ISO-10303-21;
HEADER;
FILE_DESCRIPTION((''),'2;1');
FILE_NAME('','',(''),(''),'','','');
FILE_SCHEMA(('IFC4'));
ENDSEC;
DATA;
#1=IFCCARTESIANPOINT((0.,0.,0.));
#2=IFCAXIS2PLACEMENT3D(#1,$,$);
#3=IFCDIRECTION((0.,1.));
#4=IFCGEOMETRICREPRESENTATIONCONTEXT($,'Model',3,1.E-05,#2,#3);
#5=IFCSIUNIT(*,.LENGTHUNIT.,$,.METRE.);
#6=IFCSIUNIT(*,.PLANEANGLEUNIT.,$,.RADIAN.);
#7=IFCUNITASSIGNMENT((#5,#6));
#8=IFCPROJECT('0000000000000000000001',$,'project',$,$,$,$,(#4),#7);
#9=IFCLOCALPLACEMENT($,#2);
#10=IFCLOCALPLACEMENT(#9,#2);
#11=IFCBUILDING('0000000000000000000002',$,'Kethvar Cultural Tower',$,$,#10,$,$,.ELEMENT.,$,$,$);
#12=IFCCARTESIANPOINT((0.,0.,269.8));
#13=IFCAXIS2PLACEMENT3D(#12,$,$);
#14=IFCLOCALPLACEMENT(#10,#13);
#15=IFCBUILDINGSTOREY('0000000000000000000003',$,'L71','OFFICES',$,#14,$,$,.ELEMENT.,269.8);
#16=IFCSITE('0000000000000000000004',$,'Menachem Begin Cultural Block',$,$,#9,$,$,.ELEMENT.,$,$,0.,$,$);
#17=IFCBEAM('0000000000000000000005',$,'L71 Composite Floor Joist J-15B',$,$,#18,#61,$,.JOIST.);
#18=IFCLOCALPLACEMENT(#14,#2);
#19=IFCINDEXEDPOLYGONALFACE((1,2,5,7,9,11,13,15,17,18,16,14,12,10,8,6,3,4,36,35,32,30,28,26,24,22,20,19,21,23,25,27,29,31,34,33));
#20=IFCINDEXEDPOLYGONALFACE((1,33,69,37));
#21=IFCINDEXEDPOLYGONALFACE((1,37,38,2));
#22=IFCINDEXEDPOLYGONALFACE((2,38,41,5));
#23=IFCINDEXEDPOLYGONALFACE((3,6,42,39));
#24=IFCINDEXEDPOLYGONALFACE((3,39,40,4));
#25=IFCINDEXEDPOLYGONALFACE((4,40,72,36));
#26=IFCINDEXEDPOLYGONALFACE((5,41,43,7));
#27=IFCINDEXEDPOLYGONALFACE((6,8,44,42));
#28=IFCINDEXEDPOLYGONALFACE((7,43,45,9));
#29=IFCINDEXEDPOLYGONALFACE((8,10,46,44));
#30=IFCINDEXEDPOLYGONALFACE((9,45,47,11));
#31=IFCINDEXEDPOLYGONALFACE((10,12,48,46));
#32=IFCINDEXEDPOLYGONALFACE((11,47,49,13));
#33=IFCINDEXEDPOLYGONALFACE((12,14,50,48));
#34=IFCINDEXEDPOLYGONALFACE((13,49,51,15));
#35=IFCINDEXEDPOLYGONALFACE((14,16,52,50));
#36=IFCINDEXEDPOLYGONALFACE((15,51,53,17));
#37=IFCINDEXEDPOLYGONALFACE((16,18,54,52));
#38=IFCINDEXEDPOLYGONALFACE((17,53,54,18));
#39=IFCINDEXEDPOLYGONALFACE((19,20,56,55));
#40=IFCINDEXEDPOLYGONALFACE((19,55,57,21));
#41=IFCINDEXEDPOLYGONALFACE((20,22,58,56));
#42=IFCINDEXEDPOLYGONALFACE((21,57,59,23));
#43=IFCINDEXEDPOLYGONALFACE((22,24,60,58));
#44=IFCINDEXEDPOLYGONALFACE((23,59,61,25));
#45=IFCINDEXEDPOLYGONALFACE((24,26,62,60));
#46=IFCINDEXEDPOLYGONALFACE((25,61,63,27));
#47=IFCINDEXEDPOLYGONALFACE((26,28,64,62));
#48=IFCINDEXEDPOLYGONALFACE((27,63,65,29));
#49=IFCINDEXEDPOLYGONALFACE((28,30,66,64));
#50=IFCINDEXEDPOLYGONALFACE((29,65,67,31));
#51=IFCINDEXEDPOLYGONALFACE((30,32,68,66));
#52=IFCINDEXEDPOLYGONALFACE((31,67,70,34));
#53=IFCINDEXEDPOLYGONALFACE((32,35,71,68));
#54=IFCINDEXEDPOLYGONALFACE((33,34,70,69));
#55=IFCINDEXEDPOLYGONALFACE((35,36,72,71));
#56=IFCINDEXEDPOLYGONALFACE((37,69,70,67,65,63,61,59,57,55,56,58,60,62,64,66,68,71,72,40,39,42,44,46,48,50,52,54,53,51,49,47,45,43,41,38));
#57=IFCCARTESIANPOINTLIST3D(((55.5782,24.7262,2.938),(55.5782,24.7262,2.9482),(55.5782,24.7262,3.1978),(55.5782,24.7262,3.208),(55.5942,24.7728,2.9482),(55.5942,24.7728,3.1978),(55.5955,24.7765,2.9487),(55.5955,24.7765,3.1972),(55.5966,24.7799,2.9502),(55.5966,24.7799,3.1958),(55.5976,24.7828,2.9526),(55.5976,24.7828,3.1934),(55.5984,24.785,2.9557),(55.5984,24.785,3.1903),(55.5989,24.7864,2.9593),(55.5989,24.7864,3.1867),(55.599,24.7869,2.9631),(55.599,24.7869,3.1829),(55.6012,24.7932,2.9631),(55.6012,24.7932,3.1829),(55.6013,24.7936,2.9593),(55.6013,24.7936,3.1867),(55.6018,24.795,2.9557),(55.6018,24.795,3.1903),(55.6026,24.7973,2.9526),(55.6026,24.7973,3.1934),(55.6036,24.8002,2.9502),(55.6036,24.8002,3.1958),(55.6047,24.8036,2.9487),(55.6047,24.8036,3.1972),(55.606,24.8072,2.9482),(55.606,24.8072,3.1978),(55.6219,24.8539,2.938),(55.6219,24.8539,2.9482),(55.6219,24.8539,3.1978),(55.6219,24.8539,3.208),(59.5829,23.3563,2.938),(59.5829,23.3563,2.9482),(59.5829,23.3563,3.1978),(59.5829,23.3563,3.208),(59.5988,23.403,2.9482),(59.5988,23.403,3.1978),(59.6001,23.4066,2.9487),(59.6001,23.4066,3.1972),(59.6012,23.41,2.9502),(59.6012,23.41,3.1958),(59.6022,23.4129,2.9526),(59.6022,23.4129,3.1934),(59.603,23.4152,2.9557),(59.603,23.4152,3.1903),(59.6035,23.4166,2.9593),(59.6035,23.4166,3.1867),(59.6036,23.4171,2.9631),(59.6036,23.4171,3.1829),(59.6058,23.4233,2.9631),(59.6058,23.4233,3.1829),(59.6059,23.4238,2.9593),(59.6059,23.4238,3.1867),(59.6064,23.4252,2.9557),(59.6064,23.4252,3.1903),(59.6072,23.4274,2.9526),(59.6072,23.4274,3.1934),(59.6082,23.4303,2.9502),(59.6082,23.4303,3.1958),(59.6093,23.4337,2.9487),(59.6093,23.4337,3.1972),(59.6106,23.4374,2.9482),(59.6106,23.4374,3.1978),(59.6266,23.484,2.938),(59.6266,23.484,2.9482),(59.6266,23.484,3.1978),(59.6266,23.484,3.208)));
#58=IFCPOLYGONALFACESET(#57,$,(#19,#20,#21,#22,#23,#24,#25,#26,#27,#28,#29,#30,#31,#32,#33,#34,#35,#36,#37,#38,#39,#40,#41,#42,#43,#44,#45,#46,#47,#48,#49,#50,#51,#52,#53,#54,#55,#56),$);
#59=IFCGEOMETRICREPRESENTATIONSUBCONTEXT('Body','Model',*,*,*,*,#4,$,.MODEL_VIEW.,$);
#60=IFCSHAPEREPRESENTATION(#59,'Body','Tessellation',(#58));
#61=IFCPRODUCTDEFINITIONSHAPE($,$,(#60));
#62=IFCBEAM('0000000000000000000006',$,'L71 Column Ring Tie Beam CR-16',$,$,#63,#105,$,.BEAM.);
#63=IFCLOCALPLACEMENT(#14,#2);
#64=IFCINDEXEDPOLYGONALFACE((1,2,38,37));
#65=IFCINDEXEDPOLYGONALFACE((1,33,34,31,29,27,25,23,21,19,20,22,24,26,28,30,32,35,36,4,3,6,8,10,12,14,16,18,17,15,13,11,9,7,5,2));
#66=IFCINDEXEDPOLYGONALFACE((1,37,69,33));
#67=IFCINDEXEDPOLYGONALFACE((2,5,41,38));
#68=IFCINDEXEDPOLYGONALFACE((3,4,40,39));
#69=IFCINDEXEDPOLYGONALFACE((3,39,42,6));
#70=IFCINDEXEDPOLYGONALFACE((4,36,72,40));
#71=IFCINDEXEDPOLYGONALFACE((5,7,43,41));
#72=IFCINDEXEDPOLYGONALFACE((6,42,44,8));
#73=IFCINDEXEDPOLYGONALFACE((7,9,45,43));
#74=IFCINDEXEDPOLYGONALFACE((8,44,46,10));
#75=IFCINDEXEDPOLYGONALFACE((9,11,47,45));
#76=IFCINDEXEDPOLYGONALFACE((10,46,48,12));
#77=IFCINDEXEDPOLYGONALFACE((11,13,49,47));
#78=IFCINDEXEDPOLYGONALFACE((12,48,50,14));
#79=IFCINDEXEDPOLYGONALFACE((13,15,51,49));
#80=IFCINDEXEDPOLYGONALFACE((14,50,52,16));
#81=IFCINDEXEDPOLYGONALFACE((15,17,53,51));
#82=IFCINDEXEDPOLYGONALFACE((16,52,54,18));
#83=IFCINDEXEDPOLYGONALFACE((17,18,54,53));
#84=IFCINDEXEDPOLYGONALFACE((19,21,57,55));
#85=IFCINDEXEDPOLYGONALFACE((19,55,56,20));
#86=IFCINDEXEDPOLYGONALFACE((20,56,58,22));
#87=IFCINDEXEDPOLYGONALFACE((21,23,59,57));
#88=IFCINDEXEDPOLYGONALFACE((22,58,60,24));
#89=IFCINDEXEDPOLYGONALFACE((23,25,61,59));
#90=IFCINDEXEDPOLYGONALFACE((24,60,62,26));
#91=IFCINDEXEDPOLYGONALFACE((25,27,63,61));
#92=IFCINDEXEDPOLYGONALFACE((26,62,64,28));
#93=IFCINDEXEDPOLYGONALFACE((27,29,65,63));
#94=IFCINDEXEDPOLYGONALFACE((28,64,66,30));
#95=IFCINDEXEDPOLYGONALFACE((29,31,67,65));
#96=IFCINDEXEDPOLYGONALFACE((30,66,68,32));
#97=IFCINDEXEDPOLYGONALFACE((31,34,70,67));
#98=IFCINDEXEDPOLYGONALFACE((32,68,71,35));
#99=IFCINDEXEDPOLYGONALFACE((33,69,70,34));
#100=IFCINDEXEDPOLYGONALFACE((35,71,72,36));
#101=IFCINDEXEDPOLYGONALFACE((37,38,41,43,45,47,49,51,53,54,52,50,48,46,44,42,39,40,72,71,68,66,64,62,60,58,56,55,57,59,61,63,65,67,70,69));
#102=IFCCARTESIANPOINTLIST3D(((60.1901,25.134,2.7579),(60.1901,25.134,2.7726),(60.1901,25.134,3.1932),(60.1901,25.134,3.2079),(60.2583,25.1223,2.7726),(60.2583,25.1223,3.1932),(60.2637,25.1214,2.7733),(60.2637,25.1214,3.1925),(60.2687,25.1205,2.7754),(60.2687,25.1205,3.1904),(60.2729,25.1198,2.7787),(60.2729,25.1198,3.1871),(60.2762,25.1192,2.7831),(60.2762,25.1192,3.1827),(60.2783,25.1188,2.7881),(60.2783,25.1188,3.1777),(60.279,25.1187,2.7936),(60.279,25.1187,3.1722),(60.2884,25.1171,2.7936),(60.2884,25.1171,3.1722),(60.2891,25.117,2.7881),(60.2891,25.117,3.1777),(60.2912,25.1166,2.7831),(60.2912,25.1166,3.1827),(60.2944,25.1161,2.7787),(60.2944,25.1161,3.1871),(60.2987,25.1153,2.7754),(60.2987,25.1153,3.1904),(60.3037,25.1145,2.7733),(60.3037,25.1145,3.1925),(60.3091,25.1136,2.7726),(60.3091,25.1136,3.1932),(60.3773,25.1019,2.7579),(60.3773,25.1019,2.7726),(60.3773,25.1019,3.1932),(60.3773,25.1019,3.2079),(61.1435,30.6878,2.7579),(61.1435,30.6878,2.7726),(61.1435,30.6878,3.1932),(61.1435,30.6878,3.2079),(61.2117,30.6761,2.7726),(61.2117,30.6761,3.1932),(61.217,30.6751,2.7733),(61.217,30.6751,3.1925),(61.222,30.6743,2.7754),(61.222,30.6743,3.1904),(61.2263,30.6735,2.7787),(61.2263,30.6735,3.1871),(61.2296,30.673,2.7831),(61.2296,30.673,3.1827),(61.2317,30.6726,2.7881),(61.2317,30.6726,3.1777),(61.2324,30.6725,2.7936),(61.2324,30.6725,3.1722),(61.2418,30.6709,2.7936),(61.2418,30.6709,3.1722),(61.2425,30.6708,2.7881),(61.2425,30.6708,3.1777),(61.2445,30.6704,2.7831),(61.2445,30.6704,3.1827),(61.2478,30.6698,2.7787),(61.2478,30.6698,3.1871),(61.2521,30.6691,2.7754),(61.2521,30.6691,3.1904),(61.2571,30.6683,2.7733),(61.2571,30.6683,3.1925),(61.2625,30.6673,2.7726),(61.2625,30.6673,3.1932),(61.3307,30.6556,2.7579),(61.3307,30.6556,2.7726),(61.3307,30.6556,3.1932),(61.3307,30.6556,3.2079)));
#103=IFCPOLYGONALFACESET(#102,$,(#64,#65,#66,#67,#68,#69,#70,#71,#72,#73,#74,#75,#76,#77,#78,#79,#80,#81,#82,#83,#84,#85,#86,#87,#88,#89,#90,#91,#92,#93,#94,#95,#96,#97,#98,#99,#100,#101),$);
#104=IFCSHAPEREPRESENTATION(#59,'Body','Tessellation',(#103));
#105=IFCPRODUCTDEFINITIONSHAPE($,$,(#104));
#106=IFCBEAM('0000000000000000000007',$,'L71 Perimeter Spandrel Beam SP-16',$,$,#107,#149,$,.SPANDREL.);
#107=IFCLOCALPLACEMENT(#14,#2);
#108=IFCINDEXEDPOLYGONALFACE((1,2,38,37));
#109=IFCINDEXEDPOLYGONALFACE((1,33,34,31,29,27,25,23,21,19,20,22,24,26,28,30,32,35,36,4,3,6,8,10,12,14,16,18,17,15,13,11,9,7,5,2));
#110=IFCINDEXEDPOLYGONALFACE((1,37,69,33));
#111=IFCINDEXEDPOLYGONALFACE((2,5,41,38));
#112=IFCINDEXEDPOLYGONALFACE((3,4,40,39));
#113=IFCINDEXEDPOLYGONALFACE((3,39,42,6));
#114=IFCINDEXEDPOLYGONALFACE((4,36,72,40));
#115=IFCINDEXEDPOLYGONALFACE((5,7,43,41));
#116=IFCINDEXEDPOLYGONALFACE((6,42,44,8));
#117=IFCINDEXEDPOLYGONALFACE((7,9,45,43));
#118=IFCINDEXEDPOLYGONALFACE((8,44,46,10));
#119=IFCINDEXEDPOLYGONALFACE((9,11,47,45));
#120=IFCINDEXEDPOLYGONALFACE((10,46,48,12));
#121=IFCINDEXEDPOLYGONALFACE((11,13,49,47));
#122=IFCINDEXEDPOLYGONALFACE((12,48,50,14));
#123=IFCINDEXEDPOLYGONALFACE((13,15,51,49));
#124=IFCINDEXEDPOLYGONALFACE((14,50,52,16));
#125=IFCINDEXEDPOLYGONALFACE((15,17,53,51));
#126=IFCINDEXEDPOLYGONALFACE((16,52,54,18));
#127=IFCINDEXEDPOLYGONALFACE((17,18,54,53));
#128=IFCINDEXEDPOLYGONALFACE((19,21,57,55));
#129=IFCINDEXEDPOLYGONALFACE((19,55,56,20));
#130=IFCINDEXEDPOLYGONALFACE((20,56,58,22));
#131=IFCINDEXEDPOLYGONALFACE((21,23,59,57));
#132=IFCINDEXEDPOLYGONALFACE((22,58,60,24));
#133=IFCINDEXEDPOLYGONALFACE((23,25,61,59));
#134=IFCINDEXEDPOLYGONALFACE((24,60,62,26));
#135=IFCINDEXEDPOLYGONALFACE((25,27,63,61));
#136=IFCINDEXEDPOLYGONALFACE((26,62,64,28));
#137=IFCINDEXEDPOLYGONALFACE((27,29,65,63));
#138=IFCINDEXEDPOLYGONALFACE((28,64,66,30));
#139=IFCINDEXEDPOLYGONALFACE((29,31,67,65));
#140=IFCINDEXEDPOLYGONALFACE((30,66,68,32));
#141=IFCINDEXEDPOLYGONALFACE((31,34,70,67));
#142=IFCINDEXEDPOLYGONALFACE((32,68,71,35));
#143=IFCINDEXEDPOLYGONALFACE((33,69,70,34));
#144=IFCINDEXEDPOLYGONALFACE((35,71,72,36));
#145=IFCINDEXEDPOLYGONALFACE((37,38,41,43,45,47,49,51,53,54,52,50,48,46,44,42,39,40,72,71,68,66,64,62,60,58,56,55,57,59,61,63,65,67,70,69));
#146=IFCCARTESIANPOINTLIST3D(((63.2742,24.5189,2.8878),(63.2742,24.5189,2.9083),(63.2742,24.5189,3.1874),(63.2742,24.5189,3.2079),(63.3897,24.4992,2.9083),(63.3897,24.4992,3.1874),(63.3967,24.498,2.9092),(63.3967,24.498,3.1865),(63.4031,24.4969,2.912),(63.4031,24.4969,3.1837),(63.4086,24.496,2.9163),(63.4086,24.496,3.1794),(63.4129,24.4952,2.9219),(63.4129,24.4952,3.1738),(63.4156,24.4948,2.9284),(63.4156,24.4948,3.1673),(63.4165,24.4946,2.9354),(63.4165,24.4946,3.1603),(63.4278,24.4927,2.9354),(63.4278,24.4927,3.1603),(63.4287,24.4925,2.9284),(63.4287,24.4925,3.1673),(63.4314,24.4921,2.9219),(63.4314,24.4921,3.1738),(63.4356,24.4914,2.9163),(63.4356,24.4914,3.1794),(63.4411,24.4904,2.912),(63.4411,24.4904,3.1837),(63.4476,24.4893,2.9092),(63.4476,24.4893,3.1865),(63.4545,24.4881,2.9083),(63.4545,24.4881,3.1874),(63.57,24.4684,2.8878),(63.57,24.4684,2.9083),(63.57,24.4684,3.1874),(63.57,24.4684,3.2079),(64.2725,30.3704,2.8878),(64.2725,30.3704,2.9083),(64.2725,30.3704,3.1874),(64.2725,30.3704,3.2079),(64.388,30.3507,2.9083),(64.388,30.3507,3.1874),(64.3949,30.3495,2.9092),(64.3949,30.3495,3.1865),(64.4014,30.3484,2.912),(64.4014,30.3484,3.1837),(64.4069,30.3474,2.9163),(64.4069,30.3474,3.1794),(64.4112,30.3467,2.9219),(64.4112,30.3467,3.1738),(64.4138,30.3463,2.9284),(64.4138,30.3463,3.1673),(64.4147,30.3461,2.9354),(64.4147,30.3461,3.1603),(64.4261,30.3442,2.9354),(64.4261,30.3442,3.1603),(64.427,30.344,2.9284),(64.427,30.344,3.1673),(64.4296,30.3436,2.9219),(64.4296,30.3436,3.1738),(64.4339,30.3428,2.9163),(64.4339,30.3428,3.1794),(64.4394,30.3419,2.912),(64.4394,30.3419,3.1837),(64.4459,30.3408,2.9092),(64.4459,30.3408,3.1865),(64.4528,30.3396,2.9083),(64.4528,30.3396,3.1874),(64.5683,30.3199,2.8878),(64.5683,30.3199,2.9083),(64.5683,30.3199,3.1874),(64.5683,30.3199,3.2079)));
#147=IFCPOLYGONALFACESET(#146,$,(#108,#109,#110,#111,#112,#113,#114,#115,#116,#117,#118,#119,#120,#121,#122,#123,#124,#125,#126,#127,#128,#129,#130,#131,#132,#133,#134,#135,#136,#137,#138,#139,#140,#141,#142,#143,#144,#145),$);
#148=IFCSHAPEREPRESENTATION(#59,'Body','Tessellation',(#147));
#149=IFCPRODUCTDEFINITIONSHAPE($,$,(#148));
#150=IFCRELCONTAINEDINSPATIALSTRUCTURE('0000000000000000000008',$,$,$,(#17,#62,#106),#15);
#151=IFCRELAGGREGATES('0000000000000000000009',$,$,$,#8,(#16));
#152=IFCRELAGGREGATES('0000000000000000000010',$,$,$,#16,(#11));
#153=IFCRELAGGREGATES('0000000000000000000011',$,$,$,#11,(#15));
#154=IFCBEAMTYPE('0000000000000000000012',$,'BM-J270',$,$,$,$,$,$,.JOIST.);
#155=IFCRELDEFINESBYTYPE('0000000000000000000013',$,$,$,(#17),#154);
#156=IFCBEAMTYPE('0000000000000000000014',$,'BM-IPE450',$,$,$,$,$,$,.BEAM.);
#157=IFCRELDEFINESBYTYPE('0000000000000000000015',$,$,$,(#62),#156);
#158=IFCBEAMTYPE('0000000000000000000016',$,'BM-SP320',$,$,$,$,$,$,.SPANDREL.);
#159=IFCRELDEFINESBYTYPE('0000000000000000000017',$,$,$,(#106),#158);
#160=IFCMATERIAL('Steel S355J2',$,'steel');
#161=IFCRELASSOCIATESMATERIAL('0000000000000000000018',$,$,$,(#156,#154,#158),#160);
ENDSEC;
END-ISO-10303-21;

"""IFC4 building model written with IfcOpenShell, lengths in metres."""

from ifc_helpers import new_model, si_unit, direction, frame, origin, origin_2d, place, context, subcontext, project, spatial, i_section, extrude, source, transform, mapped, material, material_profile, profile_set, type_object, element, save


model = new_model("IFC4")

# Units and contexts
model_context = context("Model", 3, precision=1e-05, world=origin(), true_north=direction((0.0, 1.0)))
body_context = subcontext(model_context, "Body", "Model", "MODEL_VIEW")
ifc_project = project(units=[si_unit("LENGTHUNIT", "METRE"), si_unit("PLANEANGLEUNIT", "RADIAN")], contexts=[model_context])

# Site, building, storey
site_placement = place(None, origin())
site = spatial("IfcSite", under=ifc_project, at=site_placement, Name="Menachem Begin Cultural Block", CompositionType="ELEMENT", RefElevation=0.0)
building_placement = place(site_placement, origin())
building = spatial("IfcBuilding", under=site, at=building_placement, Name="Kethvar Cultural Tower", CompositionType="ELEMENT")
storey_placement = place(building_placement, frame((0.0, 0.0, 269.8)))
storey = spatial("IfcBuildingStorey", under=building, at=storey_placement, Name="L71", Description="OFFICES", CompositionType="ELEMENT", Elevation=269.8)

# Shared definitions
ifc_material_1 = material(Name="Steel S355J2", Category="steel")

# Beams
ifc_material_profile_1 = material_profile(ifc_material_1, i_section(OverallWidth=0.1899, OverallDepth=0.45, WebThickness=0.0095, FlangeThickness=0.0146, FilletRadius=0.021, at=origin_2d()), Name="Steel S355J2 — IPE450")
ifc_profile_set_1 = profile_set([ifc_material_profile_1], Name="Steel S355J2 — IPE450")
beam_type_1 = type_object("IfcBeamType", Name="BM-IPE450", PredefinedType="BEAM", material=ifc_profile_set_1)
ifc_material_profile_2 = material_profile(ifc_material_1, i_section(OverallWidth=0.135, OverallDepth=0.27, WebThickness=0.0066, FlangeThickness=0.0103, FilletRadius=0.0149, at=origin_2d()), Name="Steel S355J2 — IPE270")
ifc_profile_set_2 = profile_set([ifc_material_profile_2], Name="Steel S355J2 — IPE270")
beam_type_2 = type_object("IfcBeamType", Name="BM-J270", PredefinedType="JOIST", material=ifc_profile_set_2)
shared_shape_1 = source(origin(), body_context, "Body", "SweptSolid", [
    extrude(i_section(OverallWidth=0.135, OverallDepth=0.27, WebThickness=0.0066, FlangeThickness=0.0103, FilletRadius=0.0149, at=origin_2d()), origin(), (0.0, 0.0, 1.0), 4.2324),
])
beam_1_placement = place(storey_placement, frame((55.6001, 24.79, 3.073), z_axis=(0.946174, -0.323659, 0.0), x_axis=(0.323659, 0.946174, 0.0)))
element("IfcBeam", 1, at=beam_1_placement, inside=storey, type_object=beam_type_2, Name="L71 Composite Floor Joist J-15B", PredefinedType="JOIST", context=body_context, shape_type="MappedRepresentation", body=[
    mapped(shared_shape_1, transform((0.0, 0.0, 0.0), scale=1.0)),
])
shared_shape_2 = source(origin(), body_context, "Body", "SweptSolid", [
    extrude(i_section(OverallWidth=0.1899, OverallDepth=0.45, WebThickness=0.0095, FlangeThickness=0.0146, FilletRadius=0.021, at=origin_2d()), origin(), (0.0, 0.0, 1.0), 5.635),
])
beam_2_placement = place(storey_placement, frame((60.2837, 25.1179, 2.9829), z_axis=(0.169189, 0.985584, 0.0), x_axis=(-0.985584, 0.169189, 0.0)))
element("IfcBeam", 2, at=beam_2_placement, inside=storey, type_object=beam_type_1, Name="L71 Column Ring Tie Beam CR-16", PredefinedType="BEAM", context=body_context, shape_type="MappedRepresentation", body=[
    mapped(shared_shape_2, transform((0.0, 0.0, 0.0), scale=1.0)),
])
ifc_material_profile_3 = material_profile(ifc_material_1, i_section(OverallWidth=0.3, OverallDepth=0.3201, WebThickness=0.0115, FlangeThickness=0.0205, FilletRadius=0.0271, at=origin_2d()), Name="Steel S355J2 — HEB320")
ifc_profile_set_3 = profile_set([ifc_material_profile_3], Name="Steel S355J2 — HEB320")
beam_type_3 = type_object("IfcBeamType", Name="BM-SP320", PredefinedType="SPANDREL", material=ifc_profile_set_3)
shared_shape_3 = source(origin(), body_context, "Body", "SweptSolid", [
    extrude(i_section(OverallWidth=0.3, OverallDepth=0.3201, WebThickness=0.0115, FlangeThickness=0.0205, FilletRadius=0.0271, at=origin_2d()), origin(), (0.0, 0.0, 1.0), 5.936),
])
beam_3_placement = place(storey_placement, frame((63.4221, 24.4937, 3.0479), z_axis=(0.168173, 0.985758, 0.0), x_axis=(-0.985758, 0.168173, 0.0)))
element("IfcBeam", 3, at=beam_3_placement, inside=storey, type_object=beam_type_3, Name="L71 Perimeter Spandrel Beam SP-16", PredefinedType="SPANDREL", context=body_context, shape_type="MappedRepresentation", body=[
    mapped(shared_shape_3, transform((0.0, 0.0, 0.0), scale=1.0)),
])

save(model, "model.ifc")
